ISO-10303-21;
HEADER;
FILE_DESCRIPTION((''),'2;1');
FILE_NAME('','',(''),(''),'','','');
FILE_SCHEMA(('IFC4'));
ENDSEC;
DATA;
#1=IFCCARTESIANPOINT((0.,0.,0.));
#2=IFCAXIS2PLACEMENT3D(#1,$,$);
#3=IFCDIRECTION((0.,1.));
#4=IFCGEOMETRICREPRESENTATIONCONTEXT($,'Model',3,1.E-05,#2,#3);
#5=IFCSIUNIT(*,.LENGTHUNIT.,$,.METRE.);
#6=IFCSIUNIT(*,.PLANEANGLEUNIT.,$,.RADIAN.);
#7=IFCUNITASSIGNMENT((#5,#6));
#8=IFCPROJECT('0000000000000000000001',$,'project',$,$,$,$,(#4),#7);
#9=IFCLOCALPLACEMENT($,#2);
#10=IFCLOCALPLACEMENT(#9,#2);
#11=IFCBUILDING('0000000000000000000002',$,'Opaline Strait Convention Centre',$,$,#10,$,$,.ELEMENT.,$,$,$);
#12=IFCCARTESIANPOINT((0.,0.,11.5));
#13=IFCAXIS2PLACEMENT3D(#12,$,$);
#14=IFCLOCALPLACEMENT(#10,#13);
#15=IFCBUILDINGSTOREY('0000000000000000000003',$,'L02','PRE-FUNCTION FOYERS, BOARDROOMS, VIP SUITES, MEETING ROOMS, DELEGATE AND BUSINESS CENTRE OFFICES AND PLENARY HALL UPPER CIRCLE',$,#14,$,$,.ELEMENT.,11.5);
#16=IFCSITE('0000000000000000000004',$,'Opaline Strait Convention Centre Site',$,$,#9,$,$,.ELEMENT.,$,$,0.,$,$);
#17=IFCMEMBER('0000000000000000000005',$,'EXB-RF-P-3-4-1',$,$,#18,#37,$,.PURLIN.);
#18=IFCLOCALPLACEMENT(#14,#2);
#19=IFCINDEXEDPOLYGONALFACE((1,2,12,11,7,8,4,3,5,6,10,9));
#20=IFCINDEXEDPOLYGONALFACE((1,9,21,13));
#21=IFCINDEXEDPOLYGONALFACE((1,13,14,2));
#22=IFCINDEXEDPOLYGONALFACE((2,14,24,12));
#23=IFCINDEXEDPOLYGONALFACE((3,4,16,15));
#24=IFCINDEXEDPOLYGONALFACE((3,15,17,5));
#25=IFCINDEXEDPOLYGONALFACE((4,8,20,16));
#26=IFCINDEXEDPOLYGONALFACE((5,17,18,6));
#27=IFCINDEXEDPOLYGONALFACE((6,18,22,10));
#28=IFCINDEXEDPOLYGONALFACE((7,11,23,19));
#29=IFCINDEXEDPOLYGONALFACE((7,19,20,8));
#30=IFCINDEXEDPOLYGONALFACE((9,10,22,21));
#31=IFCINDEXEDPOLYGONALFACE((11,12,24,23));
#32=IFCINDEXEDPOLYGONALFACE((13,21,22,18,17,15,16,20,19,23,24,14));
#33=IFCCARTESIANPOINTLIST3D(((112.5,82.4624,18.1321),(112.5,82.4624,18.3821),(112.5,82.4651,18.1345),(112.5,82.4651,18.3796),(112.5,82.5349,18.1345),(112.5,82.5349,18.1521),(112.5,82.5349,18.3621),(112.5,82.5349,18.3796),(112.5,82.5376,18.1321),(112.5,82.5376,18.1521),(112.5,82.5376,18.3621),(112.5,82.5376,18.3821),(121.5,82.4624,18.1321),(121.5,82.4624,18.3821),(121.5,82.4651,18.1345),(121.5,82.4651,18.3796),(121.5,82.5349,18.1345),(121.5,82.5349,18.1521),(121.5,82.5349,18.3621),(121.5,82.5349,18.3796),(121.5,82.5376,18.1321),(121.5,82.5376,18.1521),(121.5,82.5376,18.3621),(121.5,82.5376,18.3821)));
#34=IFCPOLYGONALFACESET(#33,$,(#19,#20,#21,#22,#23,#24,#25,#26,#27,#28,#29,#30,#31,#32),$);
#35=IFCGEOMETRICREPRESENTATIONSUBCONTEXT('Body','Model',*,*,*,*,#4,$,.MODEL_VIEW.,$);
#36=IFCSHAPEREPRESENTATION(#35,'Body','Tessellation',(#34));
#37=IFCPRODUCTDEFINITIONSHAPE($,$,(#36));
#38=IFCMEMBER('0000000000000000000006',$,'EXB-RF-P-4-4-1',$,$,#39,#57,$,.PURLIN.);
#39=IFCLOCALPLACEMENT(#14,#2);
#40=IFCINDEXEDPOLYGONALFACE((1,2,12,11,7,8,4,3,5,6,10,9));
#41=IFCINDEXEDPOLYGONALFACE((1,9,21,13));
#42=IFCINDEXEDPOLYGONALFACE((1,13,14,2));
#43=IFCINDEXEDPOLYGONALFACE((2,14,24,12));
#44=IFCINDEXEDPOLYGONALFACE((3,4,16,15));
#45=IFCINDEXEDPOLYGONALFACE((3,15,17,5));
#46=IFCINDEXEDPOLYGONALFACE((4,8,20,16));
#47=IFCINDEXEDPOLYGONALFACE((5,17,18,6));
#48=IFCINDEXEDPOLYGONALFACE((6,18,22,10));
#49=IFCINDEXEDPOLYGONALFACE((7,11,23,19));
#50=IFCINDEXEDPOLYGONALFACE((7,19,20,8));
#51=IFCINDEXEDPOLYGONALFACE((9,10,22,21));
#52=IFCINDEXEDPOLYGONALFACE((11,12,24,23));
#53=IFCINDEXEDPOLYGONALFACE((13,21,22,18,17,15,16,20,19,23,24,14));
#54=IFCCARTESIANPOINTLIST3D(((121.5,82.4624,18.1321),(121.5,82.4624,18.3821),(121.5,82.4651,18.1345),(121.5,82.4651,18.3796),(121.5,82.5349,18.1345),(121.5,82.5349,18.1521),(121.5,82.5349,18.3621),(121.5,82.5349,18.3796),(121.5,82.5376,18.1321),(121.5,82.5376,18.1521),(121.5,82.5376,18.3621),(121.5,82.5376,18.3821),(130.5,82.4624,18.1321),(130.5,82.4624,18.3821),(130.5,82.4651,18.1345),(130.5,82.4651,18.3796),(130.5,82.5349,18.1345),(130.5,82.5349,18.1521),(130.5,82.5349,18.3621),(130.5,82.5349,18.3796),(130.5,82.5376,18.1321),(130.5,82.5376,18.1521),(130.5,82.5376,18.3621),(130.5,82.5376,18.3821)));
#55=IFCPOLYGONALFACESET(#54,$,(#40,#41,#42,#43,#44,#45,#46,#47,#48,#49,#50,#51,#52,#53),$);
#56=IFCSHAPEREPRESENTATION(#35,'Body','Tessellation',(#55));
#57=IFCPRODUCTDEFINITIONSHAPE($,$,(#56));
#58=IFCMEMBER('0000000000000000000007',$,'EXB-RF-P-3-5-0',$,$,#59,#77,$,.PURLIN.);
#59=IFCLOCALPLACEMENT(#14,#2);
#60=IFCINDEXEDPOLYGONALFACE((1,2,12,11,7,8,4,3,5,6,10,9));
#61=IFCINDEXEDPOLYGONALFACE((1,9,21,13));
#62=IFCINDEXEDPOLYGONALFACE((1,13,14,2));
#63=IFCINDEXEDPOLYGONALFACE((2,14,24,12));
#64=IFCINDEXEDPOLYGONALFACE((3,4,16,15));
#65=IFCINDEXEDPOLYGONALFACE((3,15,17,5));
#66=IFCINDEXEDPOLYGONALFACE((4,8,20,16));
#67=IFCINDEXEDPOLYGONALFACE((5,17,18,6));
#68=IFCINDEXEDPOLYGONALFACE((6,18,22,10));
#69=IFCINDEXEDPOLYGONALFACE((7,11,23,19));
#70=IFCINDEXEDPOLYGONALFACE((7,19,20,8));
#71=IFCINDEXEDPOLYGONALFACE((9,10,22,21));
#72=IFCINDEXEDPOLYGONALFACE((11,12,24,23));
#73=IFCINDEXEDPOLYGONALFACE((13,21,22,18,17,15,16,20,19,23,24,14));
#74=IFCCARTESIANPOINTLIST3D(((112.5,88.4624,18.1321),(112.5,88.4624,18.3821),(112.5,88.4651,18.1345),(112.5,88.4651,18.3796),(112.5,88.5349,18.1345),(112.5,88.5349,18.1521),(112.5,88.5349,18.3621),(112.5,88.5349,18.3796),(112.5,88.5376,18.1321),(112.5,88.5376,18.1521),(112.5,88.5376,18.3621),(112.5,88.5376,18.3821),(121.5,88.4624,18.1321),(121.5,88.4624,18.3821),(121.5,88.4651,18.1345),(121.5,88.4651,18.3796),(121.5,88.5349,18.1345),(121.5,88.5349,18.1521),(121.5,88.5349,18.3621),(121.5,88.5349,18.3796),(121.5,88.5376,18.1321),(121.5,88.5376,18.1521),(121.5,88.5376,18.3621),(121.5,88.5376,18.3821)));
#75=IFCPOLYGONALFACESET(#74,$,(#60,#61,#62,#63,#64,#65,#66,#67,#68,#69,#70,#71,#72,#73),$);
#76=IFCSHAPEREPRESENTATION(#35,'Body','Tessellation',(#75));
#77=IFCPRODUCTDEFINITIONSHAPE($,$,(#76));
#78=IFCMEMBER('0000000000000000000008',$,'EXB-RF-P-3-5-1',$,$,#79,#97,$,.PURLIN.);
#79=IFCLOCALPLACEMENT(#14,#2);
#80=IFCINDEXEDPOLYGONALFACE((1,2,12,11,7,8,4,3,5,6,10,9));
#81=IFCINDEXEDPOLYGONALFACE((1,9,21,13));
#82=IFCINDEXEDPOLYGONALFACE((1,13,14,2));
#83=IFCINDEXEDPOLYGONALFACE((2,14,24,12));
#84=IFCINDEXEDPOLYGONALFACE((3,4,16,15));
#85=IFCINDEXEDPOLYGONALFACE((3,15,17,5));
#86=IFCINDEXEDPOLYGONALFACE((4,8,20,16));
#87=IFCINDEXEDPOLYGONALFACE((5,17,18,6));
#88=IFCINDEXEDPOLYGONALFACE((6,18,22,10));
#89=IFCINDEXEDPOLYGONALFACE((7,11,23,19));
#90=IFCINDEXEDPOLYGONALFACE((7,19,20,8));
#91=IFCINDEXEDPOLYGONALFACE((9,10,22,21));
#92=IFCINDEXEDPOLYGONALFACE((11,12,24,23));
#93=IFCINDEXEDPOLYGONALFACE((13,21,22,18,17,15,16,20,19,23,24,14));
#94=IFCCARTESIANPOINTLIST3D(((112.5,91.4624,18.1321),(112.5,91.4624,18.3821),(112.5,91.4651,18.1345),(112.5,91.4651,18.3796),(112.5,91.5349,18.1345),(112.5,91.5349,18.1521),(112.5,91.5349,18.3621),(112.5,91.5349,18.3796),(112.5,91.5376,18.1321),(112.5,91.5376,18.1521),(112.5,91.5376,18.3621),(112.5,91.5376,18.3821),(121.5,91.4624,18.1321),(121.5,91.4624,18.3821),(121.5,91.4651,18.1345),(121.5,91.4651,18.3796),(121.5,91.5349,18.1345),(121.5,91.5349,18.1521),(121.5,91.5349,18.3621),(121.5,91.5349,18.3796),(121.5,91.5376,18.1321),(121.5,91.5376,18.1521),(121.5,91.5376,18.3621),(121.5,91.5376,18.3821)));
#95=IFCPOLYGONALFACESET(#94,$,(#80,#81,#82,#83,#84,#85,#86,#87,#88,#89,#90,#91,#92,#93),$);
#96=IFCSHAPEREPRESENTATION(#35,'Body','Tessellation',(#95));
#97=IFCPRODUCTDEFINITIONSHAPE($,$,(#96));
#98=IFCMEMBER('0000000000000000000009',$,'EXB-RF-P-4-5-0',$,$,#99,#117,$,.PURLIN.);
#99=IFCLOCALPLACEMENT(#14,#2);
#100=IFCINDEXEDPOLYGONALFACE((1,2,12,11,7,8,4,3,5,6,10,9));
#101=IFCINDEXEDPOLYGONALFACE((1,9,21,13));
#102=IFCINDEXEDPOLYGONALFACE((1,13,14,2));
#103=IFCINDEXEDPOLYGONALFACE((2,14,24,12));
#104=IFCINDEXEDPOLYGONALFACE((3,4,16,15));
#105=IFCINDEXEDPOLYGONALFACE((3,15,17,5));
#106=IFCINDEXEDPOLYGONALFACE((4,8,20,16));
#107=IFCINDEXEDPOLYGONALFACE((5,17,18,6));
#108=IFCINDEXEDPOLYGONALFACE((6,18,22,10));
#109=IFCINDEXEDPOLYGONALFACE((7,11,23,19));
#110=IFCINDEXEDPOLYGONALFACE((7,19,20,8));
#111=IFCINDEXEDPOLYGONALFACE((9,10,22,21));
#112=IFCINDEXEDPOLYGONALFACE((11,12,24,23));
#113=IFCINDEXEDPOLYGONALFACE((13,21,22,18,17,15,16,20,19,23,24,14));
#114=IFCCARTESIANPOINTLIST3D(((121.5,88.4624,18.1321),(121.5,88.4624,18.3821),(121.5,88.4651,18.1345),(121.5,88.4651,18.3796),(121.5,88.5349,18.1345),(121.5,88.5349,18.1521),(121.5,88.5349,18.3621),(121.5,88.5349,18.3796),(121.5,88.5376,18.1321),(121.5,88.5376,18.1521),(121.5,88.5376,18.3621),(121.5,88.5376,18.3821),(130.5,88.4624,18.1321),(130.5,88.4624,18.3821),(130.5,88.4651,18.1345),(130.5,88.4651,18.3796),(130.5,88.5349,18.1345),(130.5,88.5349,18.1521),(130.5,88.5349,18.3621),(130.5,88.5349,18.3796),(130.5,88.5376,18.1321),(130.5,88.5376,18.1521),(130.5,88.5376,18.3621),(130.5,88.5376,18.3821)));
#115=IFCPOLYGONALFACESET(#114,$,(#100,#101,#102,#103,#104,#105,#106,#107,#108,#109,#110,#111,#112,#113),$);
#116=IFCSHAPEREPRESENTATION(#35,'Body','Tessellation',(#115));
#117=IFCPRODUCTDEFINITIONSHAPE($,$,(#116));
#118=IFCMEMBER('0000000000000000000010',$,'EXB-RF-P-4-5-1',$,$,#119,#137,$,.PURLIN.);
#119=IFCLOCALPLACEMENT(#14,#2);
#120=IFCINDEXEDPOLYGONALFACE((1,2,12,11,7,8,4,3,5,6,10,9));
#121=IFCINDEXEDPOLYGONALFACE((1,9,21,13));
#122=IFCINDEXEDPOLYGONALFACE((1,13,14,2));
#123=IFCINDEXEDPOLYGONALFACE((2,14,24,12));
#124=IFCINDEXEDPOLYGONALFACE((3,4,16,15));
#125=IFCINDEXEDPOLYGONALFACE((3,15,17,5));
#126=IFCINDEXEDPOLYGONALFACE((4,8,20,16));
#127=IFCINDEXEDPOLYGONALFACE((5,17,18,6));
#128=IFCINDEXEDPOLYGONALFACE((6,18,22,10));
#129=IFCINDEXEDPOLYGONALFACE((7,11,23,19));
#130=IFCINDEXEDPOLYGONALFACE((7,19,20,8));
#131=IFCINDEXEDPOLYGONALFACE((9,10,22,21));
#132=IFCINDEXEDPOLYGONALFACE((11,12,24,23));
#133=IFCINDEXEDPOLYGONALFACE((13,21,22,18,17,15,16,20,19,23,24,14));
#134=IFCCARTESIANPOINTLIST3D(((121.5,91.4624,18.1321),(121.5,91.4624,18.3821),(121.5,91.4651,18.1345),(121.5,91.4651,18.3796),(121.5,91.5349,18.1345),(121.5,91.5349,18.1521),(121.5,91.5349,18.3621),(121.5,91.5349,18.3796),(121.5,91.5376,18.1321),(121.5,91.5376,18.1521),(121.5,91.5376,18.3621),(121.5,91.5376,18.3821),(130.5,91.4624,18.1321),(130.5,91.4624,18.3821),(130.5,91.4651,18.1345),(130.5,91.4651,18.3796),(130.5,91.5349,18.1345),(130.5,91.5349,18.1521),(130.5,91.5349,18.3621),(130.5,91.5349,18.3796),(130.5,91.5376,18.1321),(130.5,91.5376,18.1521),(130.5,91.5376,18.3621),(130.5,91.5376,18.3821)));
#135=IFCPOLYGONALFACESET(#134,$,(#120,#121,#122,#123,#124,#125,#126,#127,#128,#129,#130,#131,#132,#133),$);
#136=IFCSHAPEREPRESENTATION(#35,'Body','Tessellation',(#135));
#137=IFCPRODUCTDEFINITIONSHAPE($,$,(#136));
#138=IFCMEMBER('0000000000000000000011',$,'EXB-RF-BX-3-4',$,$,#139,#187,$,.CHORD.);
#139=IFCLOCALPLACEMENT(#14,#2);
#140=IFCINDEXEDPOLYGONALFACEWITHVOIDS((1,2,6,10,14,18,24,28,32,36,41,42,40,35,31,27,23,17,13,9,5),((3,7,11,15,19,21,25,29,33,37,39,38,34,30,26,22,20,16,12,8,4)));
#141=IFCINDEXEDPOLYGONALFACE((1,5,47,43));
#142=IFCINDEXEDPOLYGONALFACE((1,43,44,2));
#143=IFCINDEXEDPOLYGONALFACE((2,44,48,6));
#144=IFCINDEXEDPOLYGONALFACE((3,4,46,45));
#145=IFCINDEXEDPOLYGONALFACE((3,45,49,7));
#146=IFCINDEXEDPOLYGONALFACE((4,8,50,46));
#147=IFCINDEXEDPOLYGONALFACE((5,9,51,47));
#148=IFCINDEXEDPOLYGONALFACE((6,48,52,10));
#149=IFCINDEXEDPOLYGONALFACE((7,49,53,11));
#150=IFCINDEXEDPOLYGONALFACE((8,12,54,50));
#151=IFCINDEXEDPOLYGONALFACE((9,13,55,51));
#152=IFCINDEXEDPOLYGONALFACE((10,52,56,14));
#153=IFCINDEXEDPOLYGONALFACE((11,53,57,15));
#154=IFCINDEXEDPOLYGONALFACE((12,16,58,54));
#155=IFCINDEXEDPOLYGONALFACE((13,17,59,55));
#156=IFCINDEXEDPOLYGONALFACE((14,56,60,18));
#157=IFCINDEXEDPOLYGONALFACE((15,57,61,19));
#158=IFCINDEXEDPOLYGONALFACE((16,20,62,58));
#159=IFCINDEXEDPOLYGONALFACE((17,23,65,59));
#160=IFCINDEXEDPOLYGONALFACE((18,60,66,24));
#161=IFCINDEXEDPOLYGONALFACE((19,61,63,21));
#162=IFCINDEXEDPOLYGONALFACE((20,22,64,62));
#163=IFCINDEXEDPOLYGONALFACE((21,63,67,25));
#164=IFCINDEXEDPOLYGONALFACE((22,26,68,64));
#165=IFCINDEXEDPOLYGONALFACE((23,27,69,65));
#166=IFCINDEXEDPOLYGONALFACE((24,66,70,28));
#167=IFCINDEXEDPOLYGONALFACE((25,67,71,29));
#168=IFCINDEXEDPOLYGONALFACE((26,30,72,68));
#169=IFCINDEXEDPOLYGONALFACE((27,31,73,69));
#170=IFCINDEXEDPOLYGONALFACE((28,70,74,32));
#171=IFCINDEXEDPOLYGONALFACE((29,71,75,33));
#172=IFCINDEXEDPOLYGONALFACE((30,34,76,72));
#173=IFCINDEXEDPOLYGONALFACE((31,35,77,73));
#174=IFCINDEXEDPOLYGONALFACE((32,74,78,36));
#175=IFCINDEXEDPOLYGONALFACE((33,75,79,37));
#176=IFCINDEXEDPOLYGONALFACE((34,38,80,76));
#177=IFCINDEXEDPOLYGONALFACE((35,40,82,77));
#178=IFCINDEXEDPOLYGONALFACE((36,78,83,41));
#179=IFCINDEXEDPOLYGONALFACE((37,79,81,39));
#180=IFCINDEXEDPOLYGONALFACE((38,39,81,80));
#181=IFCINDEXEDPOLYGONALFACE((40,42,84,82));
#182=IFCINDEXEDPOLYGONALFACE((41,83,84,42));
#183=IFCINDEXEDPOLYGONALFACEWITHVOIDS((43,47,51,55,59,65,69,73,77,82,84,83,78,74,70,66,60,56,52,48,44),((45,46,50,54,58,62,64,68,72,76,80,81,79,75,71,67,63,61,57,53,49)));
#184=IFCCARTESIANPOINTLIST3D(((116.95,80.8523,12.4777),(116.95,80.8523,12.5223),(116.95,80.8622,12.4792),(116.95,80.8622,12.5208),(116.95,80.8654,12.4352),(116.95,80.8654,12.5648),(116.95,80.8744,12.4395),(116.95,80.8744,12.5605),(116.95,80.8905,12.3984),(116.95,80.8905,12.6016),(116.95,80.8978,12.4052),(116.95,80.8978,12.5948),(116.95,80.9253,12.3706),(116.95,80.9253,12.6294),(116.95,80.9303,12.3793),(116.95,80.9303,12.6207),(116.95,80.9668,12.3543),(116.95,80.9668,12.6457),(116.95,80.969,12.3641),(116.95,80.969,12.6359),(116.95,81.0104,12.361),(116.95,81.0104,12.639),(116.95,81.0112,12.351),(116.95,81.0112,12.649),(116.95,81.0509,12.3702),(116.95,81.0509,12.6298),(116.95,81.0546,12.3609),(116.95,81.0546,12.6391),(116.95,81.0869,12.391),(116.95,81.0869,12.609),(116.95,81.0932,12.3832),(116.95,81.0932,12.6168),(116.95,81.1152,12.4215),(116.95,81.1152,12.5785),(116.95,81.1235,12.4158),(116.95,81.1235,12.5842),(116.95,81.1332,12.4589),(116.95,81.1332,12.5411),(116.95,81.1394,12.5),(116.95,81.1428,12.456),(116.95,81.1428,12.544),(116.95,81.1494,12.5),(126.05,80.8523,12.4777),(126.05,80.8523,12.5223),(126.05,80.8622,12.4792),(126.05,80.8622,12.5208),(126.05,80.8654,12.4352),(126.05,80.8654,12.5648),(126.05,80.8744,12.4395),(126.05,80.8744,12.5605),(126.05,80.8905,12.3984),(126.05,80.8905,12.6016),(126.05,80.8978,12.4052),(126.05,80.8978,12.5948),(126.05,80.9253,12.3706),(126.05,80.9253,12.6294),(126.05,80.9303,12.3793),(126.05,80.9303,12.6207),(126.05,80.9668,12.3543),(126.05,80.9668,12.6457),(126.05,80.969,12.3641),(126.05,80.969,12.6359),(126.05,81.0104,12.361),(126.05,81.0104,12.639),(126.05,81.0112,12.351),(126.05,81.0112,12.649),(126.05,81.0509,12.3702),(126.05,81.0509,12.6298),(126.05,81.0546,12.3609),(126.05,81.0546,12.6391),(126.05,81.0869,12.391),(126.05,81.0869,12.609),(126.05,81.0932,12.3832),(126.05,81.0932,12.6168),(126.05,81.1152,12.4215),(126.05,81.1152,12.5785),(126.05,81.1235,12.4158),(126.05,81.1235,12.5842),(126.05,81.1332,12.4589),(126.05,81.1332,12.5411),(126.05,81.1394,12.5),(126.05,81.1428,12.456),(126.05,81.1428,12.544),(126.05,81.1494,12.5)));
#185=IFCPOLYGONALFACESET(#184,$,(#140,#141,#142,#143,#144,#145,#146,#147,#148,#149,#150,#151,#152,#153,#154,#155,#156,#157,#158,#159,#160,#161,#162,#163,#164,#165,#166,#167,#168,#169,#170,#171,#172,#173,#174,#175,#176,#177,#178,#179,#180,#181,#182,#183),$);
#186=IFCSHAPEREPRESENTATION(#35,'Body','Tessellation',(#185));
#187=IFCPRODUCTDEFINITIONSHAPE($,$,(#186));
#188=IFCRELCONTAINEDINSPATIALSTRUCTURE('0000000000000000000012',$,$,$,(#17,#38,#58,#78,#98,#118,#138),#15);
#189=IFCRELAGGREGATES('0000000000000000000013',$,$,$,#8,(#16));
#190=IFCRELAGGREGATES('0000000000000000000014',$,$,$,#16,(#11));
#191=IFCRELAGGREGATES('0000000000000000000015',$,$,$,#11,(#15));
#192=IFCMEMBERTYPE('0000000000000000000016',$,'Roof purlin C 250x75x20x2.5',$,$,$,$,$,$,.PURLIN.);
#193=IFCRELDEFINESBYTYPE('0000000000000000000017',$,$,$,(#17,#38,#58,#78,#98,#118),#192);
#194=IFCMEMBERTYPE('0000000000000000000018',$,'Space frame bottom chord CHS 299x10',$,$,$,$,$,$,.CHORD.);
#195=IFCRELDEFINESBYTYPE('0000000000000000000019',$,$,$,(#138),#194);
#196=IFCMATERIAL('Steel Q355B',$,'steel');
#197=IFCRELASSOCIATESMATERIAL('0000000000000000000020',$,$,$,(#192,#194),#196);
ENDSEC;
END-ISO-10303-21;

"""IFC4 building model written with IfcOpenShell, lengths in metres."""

from ifc_helpers import new_model, si_unit, direction, frame, origin, origin_2d, place, context, subcontext, project, spatial, polyline, hollow_circle, outline, extrude, material, material_profile, profile_set, type_object, element, save


model = new_model("IFC4")

# Units and contexts
model_context = context("Model", 3, precision=1e-05, world=origin(), true_north=direction((0.0, 1.0)))
body_context = subcontext(model_context, "Body", "Model", "MODEL_VIEW")
ifc_project = project(units=[si_unit("LENGTHUNIT", "METRE"), si_unit("PLANEANGLEUNIT", "RADIAN")], contexts=[model_context])

# Site, building, storey
site_placement = place(None, origin())
site = spatial("IfcSite", under=ifc_project, at=site_placement, Name="Opaline Strait Convention Centre Site", CompositionType="ELEMENT", RefElevation=0.0)
building_placement = place(site_placement, origin())
building = spatial("IfcBuilding", under=site, at=building_placement, Name="Opaline Strait Convention Centre", CompositionType="ELEMENT")
storey_placement = place(building_placement, frame((0.0, 0.0, 11.5)))
storey = spatial("IfcBuildingStorey", under=building, at=storey_placement, Name="L02", Description="PRE-FUNCTION FOYERS, BOARDROOMS, VIP SUITES, MEETING ROOMS, DELEGATE AND BUSINESS CENTRE OFFICES AND PLENARY HALL UPPER CIRCLE", CompositionType="ELEMENT", Elevation=11.5)

# Members
ifc_material = material(Name="Steel Q355B", Category="steel")
ifc_material_profile_1 = material_profile(ifc_material, outline(polyline([(-0.0376, -0.125), (0.0376, -0.125), (0.0376, -0.105), (0.0349, -0.105), (0.0349, -0.1226), (-0.0349, -0.1226), (-0.0349, 0.1226), (0.0349, 0.1226), (0.0349, 0.105), (0.0376, 0.105), (0.0376, 0.125), (-0.0376, 0.125), (-0.0376, -0.125)])), Name="C 250x75x20x2.5")
ifc_profile_set_1 = profile_set([ifc_material_profile_1], Name="Steel Q355B")
member_type_1 = type_object("IfcMemberType", Name="Roof purlin C 250x75x20x2.5", PredefinedType="PURLIN", material=ifc_profile_set_1)
for number, where, z_axis, x_axis, name in (
    (1, (112.5, 82.5, 18.2571), (1.0, 0.0, 0.0), (0.0, 1.0, 0.0), "EXB-RF-P-3-4-1"),
    (2, (121.5, 82.5, 18.2571), (1.0, 0.0, 0.0), (0.0, 1.0, 0.0), "EXB-RF-P-4-4-1"),
    (3, (112.5, 88.5, 18.2571), (1.0, 0.0, 0.0), (0.0, 1.0, 0.0), "EXB-RF-P-3-5-0"),
    (4, (112.5, 91.5, 18.2571), (1.0, 0.0, 0.0), (0.0, 1.0, 0.0), "EXB-RF-P-3-5-1"),
    (5, (121.5, 88.5, 18.2571), (1.0, 0.0, 0.0), (0.0, 1.0, 0.0), "EXB-RF-P-4-5-0"),
    (6, (121.5, 91.5, 18.2571), (1.0, 0.0, 0.0), (0.0, 1.0, 0.0), "EXB-RF-P-4-5-1"),
):
    element("IfcMember", number, at=place(storey_placement, frame(where, z_axis=z_axis, x_axis=x_axis)), inside=storey, type_object=member_type_1, Name=name, PredefinedType="PURLIN", context=body_context, shape_type="SweptSolid", body=[
        extrude(outline(polyline([(-0.0376, -0.125), (0.0376, -0.125), (0.0376, -0.105), (0.0349, -0.105), (0.0349, -0.1226), (-0.0349, -0.1226), (-0.0349, 0.1226), (0.0349, 0.1226), (0.0349, 0.105), (0.0376, 0.105), (0.0376, 0.125), (-0.0376, 0.125), (-0.0376, -0.125)])), origin(), (0.0, 0.0, 1.0), 9.0),
    ])
ifc_material_profile_2 = material_profile(ifc_material, hollow_circle(Radius=0.1494, WallThickness=0.01, at=origin_2d()), Name="CHS 299x10")
ifc_profile_set_2 = profile_set([ifc_material_profile_2], Name="Steel Q355B")
member_type_2 = type_object("IfcMemberType", Name="Space frame bottom chord CHS 299x10", PredefinedType="CHORD", material=ifc_profile_set_2)
for number, where, z_axis, x_axis, name in (
    (7, (116.95, 81.0, 12.5), (1.0, 0.0, 0.0), (0.0, 1.0, 0.0), "EXB-RF-BX-3-4"),
):
    element("IfcMember", number, at=place(storey_placement, frame(where, z_axis=z_axis, x_axis=x_axis)), inside=storey, type_object=member_type_2, Name=name, PredefinedType="CHORD", context=body_context, shape_type="SweptSolid", body=[
        extrude(hollow_circle(Radius=0.1494, WallThickness=0.01, at=origin_2d()), origin(), (0.0, 0.0, 1.0), 9.1001),
    ])

save(model, "model.ifc")
